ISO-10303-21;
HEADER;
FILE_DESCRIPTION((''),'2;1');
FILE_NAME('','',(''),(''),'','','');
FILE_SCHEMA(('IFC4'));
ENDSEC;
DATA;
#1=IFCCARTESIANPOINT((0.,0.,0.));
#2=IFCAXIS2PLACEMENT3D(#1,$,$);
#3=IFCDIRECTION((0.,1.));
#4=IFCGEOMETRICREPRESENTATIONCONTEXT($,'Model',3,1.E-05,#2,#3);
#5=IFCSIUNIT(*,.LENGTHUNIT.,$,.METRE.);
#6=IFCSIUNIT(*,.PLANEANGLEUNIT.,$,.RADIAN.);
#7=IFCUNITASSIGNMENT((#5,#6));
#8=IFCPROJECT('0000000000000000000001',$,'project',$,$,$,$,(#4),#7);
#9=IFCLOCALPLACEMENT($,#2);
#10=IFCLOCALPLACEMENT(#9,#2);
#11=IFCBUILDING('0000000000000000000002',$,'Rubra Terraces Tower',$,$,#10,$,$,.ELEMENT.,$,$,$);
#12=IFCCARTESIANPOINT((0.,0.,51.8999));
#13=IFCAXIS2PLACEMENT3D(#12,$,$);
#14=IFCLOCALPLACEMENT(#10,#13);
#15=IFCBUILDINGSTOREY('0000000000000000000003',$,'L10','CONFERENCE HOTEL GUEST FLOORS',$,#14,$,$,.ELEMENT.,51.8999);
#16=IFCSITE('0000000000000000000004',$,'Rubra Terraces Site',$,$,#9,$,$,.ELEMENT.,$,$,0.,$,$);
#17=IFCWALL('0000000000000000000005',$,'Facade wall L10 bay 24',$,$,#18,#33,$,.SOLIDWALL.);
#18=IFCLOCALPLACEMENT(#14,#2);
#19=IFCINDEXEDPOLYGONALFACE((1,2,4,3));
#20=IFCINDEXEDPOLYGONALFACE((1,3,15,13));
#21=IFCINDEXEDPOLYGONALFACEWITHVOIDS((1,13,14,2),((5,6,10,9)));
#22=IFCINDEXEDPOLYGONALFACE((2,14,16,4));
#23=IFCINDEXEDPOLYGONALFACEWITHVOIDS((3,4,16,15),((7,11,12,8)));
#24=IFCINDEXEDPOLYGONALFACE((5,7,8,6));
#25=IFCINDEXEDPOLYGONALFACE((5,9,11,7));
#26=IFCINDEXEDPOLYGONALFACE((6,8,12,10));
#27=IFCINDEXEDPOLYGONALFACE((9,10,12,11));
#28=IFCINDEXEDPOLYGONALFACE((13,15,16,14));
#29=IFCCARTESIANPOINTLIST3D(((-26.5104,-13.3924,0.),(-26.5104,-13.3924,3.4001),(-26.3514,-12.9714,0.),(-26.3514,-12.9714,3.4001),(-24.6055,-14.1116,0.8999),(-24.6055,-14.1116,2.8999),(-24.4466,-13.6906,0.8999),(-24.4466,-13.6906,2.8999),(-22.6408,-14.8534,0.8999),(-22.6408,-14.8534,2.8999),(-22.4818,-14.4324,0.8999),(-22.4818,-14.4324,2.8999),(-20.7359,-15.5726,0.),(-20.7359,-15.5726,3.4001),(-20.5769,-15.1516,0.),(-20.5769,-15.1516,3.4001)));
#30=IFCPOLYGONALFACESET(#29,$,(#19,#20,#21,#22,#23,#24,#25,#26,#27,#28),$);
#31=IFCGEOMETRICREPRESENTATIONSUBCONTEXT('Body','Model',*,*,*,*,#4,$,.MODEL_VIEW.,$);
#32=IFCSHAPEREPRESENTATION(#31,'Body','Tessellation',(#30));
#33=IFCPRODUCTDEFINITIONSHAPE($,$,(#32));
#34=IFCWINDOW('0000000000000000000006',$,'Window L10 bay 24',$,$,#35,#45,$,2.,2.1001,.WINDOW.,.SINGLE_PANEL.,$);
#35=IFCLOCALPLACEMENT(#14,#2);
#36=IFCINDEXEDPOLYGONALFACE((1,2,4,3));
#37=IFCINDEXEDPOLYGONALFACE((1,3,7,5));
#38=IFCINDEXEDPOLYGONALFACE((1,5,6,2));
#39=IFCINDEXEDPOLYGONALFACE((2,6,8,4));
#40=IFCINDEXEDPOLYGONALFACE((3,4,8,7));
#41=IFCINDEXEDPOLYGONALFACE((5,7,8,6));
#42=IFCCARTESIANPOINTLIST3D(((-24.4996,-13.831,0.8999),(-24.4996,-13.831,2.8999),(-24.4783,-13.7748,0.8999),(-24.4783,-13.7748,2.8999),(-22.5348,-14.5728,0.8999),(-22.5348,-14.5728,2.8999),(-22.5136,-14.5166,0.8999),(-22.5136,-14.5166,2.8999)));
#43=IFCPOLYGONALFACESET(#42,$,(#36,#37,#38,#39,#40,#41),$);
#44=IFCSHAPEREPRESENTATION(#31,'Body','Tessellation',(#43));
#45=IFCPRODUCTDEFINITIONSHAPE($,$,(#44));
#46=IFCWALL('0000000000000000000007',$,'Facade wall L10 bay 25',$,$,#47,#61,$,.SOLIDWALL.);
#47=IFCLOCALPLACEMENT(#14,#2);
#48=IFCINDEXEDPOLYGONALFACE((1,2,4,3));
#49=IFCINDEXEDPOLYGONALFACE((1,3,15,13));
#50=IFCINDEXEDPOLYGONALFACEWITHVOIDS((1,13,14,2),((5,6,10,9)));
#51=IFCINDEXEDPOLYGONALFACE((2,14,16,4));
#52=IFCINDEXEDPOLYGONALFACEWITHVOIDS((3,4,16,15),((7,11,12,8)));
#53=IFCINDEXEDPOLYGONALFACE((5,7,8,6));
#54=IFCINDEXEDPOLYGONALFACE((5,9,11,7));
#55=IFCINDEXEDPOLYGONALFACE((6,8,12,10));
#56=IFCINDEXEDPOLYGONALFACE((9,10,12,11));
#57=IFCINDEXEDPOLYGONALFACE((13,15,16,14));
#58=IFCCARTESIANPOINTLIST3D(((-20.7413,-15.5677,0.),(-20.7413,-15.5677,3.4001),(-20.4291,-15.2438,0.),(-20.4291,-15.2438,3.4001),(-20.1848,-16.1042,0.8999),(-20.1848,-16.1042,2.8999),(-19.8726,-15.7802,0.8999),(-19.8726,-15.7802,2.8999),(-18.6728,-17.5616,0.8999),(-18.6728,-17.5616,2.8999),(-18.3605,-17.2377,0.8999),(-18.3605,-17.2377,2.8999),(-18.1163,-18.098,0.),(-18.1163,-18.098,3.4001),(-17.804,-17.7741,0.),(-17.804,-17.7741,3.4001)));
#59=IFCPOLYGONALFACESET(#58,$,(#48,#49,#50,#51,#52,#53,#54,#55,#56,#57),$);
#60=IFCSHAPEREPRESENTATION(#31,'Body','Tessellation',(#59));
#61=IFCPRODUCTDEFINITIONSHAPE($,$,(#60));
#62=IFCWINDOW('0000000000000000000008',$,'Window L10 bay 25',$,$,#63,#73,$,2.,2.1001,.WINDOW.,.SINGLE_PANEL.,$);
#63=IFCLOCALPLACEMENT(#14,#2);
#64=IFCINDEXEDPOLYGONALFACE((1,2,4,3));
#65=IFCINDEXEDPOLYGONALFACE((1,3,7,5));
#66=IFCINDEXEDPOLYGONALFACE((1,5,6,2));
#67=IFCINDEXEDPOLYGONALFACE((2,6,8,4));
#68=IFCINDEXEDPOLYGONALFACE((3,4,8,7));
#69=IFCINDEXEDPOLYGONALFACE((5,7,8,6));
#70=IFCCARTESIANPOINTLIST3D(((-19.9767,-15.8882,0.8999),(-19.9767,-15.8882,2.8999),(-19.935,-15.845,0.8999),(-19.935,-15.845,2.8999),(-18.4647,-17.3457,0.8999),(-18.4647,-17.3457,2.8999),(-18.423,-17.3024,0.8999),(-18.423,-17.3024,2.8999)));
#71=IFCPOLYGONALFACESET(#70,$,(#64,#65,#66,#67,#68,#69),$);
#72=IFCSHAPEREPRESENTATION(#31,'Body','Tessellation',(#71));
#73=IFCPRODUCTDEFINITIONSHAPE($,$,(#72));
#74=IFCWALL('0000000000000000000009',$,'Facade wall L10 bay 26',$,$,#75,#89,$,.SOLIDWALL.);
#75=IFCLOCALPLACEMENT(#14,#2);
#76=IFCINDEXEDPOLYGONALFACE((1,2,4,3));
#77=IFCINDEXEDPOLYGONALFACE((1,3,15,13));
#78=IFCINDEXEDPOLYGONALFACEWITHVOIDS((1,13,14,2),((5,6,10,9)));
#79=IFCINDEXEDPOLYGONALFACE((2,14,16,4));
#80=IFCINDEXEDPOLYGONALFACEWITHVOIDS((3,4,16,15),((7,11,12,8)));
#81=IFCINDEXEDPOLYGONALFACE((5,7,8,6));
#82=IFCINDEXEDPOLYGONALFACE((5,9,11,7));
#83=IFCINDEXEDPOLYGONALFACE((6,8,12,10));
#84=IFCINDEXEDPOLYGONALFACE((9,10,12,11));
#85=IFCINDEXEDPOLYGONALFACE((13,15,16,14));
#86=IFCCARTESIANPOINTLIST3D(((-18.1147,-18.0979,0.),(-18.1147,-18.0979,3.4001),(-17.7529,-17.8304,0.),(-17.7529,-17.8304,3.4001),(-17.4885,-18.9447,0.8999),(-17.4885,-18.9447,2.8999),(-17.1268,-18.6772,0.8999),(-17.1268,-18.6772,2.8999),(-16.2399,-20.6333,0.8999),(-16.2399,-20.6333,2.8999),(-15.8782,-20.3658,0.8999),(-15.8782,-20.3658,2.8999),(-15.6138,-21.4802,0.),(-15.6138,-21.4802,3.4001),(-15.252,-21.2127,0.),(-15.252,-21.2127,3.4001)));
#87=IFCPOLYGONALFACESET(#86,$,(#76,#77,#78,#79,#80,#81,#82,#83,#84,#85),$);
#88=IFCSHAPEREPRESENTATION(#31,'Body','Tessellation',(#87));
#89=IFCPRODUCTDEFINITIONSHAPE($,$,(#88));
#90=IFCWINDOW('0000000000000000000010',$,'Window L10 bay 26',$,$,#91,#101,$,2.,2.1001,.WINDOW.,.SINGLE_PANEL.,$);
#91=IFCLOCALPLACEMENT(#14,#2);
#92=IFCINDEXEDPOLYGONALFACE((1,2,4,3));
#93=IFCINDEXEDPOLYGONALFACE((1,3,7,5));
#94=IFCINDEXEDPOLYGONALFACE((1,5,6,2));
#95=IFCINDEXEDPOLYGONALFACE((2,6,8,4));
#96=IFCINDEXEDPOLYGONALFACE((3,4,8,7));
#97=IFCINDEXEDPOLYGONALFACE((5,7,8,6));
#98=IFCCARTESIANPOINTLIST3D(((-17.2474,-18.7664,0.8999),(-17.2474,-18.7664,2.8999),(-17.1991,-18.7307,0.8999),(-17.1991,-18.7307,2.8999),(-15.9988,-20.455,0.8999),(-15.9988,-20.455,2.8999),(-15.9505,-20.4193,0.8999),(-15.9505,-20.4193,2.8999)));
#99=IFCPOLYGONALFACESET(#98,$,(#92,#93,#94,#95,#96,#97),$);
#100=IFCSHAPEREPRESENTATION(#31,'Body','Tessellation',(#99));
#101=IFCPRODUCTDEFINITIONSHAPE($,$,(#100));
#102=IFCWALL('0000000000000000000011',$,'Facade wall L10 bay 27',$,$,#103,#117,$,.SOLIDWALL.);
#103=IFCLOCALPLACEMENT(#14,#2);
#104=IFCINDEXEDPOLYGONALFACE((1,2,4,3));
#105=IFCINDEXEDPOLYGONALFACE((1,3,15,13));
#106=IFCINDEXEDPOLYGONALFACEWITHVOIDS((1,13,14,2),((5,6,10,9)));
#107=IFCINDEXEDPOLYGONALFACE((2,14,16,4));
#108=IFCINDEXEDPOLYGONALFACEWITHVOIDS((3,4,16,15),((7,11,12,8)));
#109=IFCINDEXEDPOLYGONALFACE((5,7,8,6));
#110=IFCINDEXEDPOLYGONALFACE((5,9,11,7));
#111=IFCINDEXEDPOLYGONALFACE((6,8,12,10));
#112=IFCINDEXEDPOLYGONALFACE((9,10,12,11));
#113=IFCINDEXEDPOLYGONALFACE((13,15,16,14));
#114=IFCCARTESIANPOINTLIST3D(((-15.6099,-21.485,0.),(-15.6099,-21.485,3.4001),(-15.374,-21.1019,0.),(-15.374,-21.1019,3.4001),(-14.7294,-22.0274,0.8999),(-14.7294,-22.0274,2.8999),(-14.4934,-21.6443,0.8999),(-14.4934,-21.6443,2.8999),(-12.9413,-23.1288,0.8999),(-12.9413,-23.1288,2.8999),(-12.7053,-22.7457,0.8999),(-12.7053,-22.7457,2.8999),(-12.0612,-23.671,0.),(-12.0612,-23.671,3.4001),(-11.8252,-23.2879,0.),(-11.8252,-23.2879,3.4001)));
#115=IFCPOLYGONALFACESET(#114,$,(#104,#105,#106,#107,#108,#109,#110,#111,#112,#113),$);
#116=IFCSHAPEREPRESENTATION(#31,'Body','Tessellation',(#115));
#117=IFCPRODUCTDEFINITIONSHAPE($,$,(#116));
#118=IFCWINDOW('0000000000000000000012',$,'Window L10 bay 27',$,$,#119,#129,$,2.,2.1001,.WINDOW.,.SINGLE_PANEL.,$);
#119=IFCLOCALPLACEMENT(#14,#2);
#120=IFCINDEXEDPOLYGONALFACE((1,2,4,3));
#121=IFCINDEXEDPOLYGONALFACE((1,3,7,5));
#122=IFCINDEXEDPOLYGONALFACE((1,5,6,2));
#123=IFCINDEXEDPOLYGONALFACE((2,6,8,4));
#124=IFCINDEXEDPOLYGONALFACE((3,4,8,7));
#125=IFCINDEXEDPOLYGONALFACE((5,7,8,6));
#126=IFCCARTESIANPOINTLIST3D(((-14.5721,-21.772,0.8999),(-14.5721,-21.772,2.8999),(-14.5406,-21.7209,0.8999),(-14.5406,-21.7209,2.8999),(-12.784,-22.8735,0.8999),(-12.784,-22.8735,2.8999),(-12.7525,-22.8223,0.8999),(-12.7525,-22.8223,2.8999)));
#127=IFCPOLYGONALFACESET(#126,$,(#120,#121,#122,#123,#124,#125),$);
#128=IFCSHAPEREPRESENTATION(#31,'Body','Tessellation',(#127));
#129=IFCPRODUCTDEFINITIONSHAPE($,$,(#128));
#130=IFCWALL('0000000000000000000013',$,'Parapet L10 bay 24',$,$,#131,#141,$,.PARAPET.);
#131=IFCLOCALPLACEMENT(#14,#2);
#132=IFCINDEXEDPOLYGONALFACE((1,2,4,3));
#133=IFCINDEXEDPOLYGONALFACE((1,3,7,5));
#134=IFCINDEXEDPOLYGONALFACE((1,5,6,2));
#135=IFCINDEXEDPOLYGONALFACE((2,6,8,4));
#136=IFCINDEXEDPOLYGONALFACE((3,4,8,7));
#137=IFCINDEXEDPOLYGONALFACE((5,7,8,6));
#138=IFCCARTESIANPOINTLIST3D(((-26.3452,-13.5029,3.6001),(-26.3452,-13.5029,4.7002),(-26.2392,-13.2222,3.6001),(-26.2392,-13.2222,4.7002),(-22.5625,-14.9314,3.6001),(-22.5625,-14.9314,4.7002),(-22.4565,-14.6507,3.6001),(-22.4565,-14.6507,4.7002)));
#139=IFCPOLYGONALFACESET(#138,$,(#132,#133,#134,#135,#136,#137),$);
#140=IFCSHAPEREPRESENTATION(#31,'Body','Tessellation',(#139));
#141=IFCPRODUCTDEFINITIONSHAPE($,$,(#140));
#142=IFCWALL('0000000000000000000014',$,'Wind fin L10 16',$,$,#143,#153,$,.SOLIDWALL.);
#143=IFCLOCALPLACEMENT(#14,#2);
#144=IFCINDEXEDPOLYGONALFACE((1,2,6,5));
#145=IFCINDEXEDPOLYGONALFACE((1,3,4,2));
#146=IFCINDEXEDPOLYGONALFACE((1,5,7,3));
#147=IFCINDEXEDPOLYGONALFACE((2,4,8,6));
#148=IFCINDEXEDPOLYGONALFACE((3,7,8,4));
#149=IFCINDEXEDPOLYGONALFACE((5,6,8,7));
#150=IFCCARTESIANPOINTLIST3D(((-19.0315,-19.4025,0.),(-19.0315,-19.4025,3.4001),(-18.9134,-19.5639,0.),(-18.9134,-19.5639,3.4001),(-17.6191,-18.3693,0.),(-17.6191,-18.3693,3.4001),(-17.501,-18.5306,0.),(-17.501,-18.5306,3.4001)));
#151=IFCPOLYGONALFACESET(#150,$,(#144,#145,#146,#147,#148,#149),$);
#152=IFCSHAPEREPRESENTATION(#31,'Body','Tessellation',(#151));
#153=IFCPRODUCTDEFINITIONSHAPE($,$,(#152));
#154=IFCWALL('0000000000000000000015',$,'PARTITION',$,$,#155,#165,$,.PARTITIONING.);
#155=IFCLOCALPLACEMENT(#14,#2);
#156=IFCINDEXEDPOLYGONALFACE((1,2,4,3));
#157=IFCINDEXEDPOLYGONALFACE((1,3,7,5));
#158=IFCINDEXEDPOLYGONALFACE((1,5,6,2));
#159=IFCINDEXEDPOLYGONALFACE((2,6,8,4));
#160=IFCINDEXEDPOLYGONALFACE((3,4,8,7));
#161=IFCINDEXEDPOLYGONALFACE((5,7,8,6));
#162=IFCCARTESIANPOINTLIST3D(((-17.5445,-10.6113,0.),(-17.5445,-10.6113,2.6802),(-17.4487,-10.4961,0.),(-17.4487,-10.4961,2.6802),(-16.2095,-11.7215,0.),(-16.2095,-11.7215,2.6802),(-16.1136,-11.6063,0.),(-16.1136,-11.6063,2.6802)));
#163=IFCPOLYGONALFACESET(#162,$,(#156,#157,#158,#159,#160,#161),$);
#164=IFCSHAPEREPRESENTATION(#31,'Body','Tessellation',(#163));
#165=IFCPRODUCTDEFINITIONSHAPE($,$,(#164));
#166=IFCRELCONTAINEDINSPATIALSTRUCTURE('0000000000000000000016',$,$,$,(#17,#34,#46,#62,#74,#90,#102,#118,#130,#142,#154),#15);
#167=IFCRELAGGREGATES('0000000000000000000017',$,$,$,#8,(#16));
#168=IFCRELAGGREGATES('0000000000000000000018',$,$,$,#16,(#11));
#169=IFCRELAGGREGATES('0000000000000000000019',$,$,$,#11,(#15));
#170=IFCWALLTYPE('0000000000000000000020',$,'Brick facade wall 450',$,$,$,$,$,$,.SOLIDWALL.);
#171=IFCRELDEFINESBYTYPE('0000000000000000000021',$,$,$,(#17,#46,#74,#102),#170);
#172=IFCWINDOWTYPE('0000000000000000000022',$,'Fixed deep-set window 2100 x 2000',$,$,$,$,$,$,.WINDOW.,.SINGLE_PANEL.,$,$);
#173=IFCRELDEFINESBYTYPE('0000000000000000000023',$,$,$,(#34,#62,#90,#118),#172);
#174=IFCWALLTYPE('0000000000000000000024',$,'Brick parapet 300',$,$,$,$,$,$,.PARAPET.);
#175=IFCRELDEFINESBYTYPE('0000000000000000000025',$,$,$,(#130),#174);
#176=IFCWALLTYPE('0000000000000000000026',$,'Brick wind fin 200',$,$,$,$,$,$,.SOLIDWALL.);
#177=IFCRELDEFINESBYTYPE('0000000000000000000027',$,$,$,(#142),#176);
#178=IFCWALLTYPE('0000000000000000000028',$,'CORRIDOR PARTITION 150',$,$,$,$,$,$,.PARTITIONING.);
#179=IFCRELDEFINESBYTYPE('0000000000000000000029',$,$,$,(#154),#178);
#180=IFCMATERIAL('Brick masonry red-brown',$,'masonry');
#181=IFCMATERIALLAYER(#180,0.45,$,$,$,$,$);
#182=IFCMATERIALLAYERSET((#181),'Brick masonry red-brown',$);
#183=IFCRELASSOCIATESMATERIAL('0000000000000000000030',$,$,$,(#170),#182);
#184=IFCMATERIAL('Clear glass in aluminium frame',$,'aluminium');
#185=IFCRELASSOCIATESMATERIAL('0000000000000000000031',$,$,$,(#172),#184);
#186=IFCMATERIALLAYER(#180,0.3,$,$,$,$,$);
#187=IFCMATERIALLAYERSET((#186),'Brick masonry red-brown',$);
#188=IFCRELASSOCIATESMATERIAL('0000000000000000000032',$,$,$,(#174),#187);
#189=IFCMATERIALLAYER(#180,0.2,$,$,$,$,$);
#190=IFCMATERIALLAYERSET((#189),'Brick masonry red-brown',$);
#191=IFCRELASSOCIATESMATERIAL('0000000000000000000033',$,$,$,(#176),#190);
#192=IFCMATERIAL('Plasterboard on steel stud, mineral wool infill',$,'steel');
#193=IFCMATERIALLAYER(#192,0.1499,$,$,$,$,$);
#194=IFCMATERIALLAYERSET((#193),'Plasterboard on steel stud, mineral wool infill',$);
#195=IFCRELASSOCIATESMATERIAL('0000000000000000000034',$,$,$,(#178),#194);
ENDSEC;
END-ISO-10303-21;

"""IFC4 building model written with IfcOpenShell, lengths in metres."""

from ifc_helpers import new_model, si_unit, direction, frame, frame_2d, origin, place, context, subcontext, project, spatial, rectangle, extrude, material, layer, layer_set, type_object, element, fill, save


model = new_model("IFC4")

# Units and contexts
model_context = context("Model", 3, precision=1e-05, world=origin(), true_north=direction((0.0, 1.0)))
body_context = subcontext(model_context, "Body", "Model", "MODEL_VIEW")
ifc_project = project(units=[si_unit("LENGTHUNIT", "METRE"), si_unit("PLANEANGLEUNIT", "RADIAN")], contexts=[model_context])

# Site, building, storey
site_placement = place(None, origin())
site = spatial("IfcSite", under=ifc_project, at=site_placement, Name="Rubra Terraces Site", CompositionType="ELEMENT", RefElevation=0.0)
building_placement = place(site_placement, origin())
building = spatial("IfcBuilding", under=site, at=building_placement, Name="Rubra Terraces Tower", CompositionType="ELEMENT")
storey_placement = place(building_placement, frame((0.0, 0.0, 51.8999)))
storey = spatial("IfcBuildingStorey", under=building, at=storey_placement, Name="L10", Description="CONFERENCE HOTEL GUEST FLOORS", CompositionType="ELEMENT", Elevation=51.8999)

# Walls, openings, windows
ifc_material_1 = material(Name="Brick masonry red-brown", Category="masonry")
ifc_layer_1 = layer(ifc_material_1, 0.45)
ifc_layer_set_1 = layer_set([ifc_layer_1], Name="Brick masonry red-brown")
wall_type_1 = type_object("IfcWallType", Name="Brick facade wall 450", PredefinedType="SOLIDWALL", material=ifc_layer_set_1)
wall_1_placement = place(storey_placement, frame((-26.4309, -13.1819, 0.0), z_axis=(0.0, 0.0, 1.0), x_axis=(0.93554, -0.353221, 0.0)))
wall_1 = element("IfcWall", 1, at=wall_1_placement, inside=storey, type_object=wall_type_1, Name="Facade wall L10 bay 24", PredefinedType="SOLIDWALL", context=body_context, shape_type="SweptSolid", body=[
    extrude(rectangle(XDim=6.1724, YDim=0.45, at=frame_2d((3.0862, 0.0))), origin(), (0.0, 0.0, 1.0), 3.4001),
])
opening_1_placement = place(wall_1_placement, frame((2.0361, 0.0, 0.8999)))
opening_1 = element("IfcOpeningElement", 2, at=opening_1_placement, cuts=wall_1, PredefinedType="OPENING", context=body_context, shape_type="SweptSolid", body=[
    extrude(rectangle(XDim=2.1001, YDim=2.0, at=frame_2d((1.05, 1.0))), frame((0.0, 0.2349, 0.0), z_axis=(0.0, -1.0, 0.0), x_axis=(1.0, 0.0, 0.0)), (0.0, 0.0, 1.0), 0.47),
])
ifc_material_2 = material(Name="Clear glass in aluminium frame", Category="aluminium")
window_type = type_object("IfcWindowType", Name="Fixed deep-set window 2100 x 2000", PartitioningType="SINGLE_PANEL", PredefinedType="WINDOW", material=ifc_material_2)
window_1_placement = place(opening_1_placement, origin())
window_1 = element("IfcWindow", 3, at=window_1_placement, inside=storey, type_object=window_type, Name="Window L10 bay 24", OverallHeight=2.0, OverallWidth=2.1001, PartitioningType="SINGLE_PANEL", PredefinedType="WINDOW", context=body_context, shape_type="SweptSolid", body=[
    extrude(rectangle(XDim=2.1001, YDim=2.0, at=frame_2d((1.05, 1.0))), frame((0.0, 0.135, 0.0), z_axis=(0.0, -1.0, 0.0), x_axis=(1.0, 0.0, 0.0)), (0.0, 0.0, 1.0), 0.0601),
])
fill(opening_1, window_1)
wall_2_placement = place(storey_placement, frame((-20.5852, -15.4058, 0.0), z_axis=(0.0, 0.0, 1.0), x_axis=(0.719978, -0.693997, 0.0)))
wall_2 = element("IfcWall", 4, at=wall_2_placement, inside=storey, type_object=wall_type_1, Name="Facade wall L10 bay 25", PredefinedType="SOLIDWALL", context=body_context, shape_type="SweptSolid", body=[
    extrude(rectangle(XDim=3.646, YDim=0.45, at=frame_2d((1.823, 0.0))), origin(), (0.0, 0.0, 1.0), 3.4001),
])
opening_2_placement = place(wall_2_placement, frame((0.7729, 0.0, 0.8999)))
opening_2 = element("IfcOpeningElement", 5, at=opening_2_placement, cuts=wall_2, PredefinedType="OPENING", context=body_context, shape_type="SweptSolid", body=[
    extrude(rectangle(XDim=2.1001, YDim=2.0, at=frame_2d((1.05, 1.0))), frame((0.0, 0.2349, 0.0), z_axis=(0.0, -1.0, 0.0), x_axis=(1.0, 0.0, 0.0)), (0.0, 0.0, 1.0), 0.47),
])
window_2_placement = place(opening_2_placement, origin())
window_2 = element("IfcWindow", 6, at=window_2_placement, inside=storey, type_object=window_type, Name="Window L10 bay 25", OverallHeight=2.0, OverallWidth=2.1001, PartitioningType="SINGLE_PANEL", PredefinedType="WINDOW", context=body_context, shape_type="SweptSolid", body=[
    extrude(rectangle(XDim=2.1001, YDim=2.0, at=frame_2d((1.05, 1.0))), frame((0.0, 0.135, 0.0), z_axis=(0.0, -1.0, 0.0), x_axis=(1.0, 0.0, 0.0)), (0.0, 0.0, 1.0), 0.0601),
])
fill(opening_2, window_2)
wall_3_placement = place(storey_placement, frame((-17.9338, -17.9641, 0.0), z_axis=(0.0, 0.0, 1.0), x_axis=(0.594544, -0.804063, 0.0)))
wall_3 = element("IfcWall", 7, at=wall_3_placement, inside=storey, type_object=wall_type_1, Name="Facade wall L10 bay 26", PredefinedType="SOLIDWALL", context=body_context, shape_type="SweptSolid", body=[
    extrude(rectangle(XDim=4.2065, YDim=0.45, at=frame_2d((2.1033, 0.0))), origin(), (0.0, 0.0, 1.0), 3.4001),
])
opening_3_placement = place(wall_3_placement, frame((1.0532, 0.0, 0.8999)))
opening_3 = element("IfcOpeningElement", 8, at=opening_3_placement, cuts=wall_3, PredefinedType="OPENING", context=body_context, shape_type="SweptSolid", body=[
    extrude(rectangle(XDim=2.1001, YDim=2.0, at=frame_2d((1.05, 1.0))), frame((0.0, 0.2349, 0.0), z_axis=(0.0, -1.0, 0.0), x_axis=(1.0, 0.0, 0.0)), (0.0, 0.0, 1.0), 0.47),
])
window_3_placement = place(opening_3_placement, origin())
window_3 = element("IfcWindow", 9, at=window_3_placement, inside=storey, type_object=window_type, Name="Window L10 bay 26", OverallHeight=2.0, OverallWidth=2.1001, PartitioningType="SINGLE_PANEL", PredefinedType="WINDOW", context=body_context, shape_type="SweptSolid", body=[
    extrude(rectangle(XDim=2.1001, YDim=2.0, at=frame_2d((1.05, 1.0))), frame((0.0, 0.135, 0.0), z_axis=(0.0, -1.0, 0.0), x_axis=(1.0, 0.0, 0.0)), (0.0, 0.0, 1.0), 0.0601),
])
fill(opening_3, window_3)
wall_4_placement = place(storey_placement, frame((-15.4919, -21.2935, 0.0), z_axis=(0.0, 0.0, 1.0), x_axis=(0.851429, -0.52447, 0.0)))
wall_4 = element("IfcWall", 10, at=wall_4_placement, inside=storey, type_object=wall_type_1, Name="Facade wall L10 bay 27", PredefinedType="SOLIDWALL", context=body_context, shape_type="SweptSolid", body=[
    extrude(rectangle(XDim=4.168, YDim=0.45, at=frame_2d((2.084, 0.0))), origin(), (0.0, 0.0, 1.0), 3.4001),
])
opening_4_placement = place(wall_4_placement, frame((1.0342, 0.0, 0.8999)))
opening_4 = element("IfcOpeningElement", 11, at=opening_4_placement, cuts=wall_4, PredefinedType="OPENING", context=body_context, shape_type="SweptSolid", body=[
    extrude(rectangle(XDim=2.1001, YDim=2.0, at=frame_2d((1.05, 1.0))), frame((0.0, 0.2349, 0.0), z_axis=(0.0, -1.0, 0.0), x_axis=(1.0, 0.0, 0.0)), (0.0, 0.0, 1.0), 0.47),
])
window_4_placement = place(opening_4_placement, origin())
window_4 = element("IfcWindow", 12, at=window_4_placement, inside=storey, type_object=window_type, Name="Window L10 bay 27", OverallHeight=2.0, OverallWidth=2.1001, PartitioningType="SINGLE_PANEL", PredefinedType="WINDOW", context=body_context, shape_type="SweptSolid", body=[
    extrude(rectangle(XDim=2.1001, YDim=2.0, at=frame_2d((1.05, 1.0))), frame((0.0, 0.135, 0.0), z_axis=(0.0, -1.0, 0.0), x_axis=(1.0, 0.0, 0.0)), (0.0, 0.0, 1.0), 0.0601),
])
fill(opening_4, window_4)

# Walls
ifc_layer_2 = layer(ifc_material_1, 0.3)
ifc_layer_set_2 = layer_set([ifc_layer_2], Name="Brick masonry red-brown")
wall_type_2 = type_object("IfcWallType", Name="Brick parapet 300", PredefinedType="PARAPET", material=ifc_layer_set_2)
wall_5_placement = place(storey_placement, frame((-26.2922, -13.3625, 3.6001), z_axis=(0.0, 0.0, 1.0), x_axis=(0.935518, -0.35328, 0.0)))
element("IfcWall", 13, at=wall_5_placement, inside=storey, type_object=wall_type_2, Name="Parapet L10 bay 24", PredefinedType="PARAPET", context=body_context, shape_type="SweptSolid", body=[
    extrude(rectangle(XDim=4.0435, YDim=0.3, at=frame_2d((2.0217, 0.0))), origin(), (0.0, 0.0, 1.0), 1.1001),
])
ifc_layer_3 = layer(ifc_material_1, 0.2)
ifc_layer_set_3 = layer_set([ifc_layer_3], Name="Brick masonry red-brown")
wall_type_3 = type_object("IfcWallType", Name="Brick wind fin 200", PredefinedType="SOLIDWALL", material=ifc_layer_set_3)
wall_6_placement = place(storey_placement, frame((-17.5601, -18.45, 0.0), z_axis=(0.0, 0.0, 1.0), x_axis=(-0.807092, -0.590426, 0.0)))
element("IfcWall", 14, at=wall_6_placement, inside=storey, type_object=wall_type_3, Name="Wind fin L10 16", PredefinedType="SOLIDWALL", context=body_context, shape_type="SweptSolid", body=[
    extrude(rectangle(XDim=1.75, YDim=0.2, at=frame_2d((0.875, 0.0))), origin(), (0.0, 0.0, 1.0), 3.4001),
])
ifc_material_3 = material(Name="Plasterboard on steel stud, mineral wool infill", Category="steel")
ifc_layer_4 = layer(ifc_material_3, 0.1499)
ifc_layer_set_4 = layer_set([ifc_layer_4], Name="Plasterboard on steel stud, mineral wool infill")
wall_type_4 = type_object("IfcWallType", Name="CORRIDOR PARTITION 150", PredefinedType="PARTITIONING", material=ifc_layer_set_4)
wall_7_placement = place(storey_placement, frame((-17.4966, -10.5537, 0.0), z_axis=(0.0, 0.0, 1.0), x_axis=(0.768889, -0.639382, 0.0)))
element("IfcWall", 15, at=wall_7_placement, inside=storey, type_object=wall_type_4, Name="PARTITION", PredefinedType="PARTITIONING", context=body_context, shape_type="SweptSolid", body=[
    extrude(rectangle(XDim=1.7363, YDim=0.1499, at=frame_2d((0.8682, 0.0))), origin(), (0.0, 0.0, 1.0), 2.6802),
])

save(model, "model.ifc")
